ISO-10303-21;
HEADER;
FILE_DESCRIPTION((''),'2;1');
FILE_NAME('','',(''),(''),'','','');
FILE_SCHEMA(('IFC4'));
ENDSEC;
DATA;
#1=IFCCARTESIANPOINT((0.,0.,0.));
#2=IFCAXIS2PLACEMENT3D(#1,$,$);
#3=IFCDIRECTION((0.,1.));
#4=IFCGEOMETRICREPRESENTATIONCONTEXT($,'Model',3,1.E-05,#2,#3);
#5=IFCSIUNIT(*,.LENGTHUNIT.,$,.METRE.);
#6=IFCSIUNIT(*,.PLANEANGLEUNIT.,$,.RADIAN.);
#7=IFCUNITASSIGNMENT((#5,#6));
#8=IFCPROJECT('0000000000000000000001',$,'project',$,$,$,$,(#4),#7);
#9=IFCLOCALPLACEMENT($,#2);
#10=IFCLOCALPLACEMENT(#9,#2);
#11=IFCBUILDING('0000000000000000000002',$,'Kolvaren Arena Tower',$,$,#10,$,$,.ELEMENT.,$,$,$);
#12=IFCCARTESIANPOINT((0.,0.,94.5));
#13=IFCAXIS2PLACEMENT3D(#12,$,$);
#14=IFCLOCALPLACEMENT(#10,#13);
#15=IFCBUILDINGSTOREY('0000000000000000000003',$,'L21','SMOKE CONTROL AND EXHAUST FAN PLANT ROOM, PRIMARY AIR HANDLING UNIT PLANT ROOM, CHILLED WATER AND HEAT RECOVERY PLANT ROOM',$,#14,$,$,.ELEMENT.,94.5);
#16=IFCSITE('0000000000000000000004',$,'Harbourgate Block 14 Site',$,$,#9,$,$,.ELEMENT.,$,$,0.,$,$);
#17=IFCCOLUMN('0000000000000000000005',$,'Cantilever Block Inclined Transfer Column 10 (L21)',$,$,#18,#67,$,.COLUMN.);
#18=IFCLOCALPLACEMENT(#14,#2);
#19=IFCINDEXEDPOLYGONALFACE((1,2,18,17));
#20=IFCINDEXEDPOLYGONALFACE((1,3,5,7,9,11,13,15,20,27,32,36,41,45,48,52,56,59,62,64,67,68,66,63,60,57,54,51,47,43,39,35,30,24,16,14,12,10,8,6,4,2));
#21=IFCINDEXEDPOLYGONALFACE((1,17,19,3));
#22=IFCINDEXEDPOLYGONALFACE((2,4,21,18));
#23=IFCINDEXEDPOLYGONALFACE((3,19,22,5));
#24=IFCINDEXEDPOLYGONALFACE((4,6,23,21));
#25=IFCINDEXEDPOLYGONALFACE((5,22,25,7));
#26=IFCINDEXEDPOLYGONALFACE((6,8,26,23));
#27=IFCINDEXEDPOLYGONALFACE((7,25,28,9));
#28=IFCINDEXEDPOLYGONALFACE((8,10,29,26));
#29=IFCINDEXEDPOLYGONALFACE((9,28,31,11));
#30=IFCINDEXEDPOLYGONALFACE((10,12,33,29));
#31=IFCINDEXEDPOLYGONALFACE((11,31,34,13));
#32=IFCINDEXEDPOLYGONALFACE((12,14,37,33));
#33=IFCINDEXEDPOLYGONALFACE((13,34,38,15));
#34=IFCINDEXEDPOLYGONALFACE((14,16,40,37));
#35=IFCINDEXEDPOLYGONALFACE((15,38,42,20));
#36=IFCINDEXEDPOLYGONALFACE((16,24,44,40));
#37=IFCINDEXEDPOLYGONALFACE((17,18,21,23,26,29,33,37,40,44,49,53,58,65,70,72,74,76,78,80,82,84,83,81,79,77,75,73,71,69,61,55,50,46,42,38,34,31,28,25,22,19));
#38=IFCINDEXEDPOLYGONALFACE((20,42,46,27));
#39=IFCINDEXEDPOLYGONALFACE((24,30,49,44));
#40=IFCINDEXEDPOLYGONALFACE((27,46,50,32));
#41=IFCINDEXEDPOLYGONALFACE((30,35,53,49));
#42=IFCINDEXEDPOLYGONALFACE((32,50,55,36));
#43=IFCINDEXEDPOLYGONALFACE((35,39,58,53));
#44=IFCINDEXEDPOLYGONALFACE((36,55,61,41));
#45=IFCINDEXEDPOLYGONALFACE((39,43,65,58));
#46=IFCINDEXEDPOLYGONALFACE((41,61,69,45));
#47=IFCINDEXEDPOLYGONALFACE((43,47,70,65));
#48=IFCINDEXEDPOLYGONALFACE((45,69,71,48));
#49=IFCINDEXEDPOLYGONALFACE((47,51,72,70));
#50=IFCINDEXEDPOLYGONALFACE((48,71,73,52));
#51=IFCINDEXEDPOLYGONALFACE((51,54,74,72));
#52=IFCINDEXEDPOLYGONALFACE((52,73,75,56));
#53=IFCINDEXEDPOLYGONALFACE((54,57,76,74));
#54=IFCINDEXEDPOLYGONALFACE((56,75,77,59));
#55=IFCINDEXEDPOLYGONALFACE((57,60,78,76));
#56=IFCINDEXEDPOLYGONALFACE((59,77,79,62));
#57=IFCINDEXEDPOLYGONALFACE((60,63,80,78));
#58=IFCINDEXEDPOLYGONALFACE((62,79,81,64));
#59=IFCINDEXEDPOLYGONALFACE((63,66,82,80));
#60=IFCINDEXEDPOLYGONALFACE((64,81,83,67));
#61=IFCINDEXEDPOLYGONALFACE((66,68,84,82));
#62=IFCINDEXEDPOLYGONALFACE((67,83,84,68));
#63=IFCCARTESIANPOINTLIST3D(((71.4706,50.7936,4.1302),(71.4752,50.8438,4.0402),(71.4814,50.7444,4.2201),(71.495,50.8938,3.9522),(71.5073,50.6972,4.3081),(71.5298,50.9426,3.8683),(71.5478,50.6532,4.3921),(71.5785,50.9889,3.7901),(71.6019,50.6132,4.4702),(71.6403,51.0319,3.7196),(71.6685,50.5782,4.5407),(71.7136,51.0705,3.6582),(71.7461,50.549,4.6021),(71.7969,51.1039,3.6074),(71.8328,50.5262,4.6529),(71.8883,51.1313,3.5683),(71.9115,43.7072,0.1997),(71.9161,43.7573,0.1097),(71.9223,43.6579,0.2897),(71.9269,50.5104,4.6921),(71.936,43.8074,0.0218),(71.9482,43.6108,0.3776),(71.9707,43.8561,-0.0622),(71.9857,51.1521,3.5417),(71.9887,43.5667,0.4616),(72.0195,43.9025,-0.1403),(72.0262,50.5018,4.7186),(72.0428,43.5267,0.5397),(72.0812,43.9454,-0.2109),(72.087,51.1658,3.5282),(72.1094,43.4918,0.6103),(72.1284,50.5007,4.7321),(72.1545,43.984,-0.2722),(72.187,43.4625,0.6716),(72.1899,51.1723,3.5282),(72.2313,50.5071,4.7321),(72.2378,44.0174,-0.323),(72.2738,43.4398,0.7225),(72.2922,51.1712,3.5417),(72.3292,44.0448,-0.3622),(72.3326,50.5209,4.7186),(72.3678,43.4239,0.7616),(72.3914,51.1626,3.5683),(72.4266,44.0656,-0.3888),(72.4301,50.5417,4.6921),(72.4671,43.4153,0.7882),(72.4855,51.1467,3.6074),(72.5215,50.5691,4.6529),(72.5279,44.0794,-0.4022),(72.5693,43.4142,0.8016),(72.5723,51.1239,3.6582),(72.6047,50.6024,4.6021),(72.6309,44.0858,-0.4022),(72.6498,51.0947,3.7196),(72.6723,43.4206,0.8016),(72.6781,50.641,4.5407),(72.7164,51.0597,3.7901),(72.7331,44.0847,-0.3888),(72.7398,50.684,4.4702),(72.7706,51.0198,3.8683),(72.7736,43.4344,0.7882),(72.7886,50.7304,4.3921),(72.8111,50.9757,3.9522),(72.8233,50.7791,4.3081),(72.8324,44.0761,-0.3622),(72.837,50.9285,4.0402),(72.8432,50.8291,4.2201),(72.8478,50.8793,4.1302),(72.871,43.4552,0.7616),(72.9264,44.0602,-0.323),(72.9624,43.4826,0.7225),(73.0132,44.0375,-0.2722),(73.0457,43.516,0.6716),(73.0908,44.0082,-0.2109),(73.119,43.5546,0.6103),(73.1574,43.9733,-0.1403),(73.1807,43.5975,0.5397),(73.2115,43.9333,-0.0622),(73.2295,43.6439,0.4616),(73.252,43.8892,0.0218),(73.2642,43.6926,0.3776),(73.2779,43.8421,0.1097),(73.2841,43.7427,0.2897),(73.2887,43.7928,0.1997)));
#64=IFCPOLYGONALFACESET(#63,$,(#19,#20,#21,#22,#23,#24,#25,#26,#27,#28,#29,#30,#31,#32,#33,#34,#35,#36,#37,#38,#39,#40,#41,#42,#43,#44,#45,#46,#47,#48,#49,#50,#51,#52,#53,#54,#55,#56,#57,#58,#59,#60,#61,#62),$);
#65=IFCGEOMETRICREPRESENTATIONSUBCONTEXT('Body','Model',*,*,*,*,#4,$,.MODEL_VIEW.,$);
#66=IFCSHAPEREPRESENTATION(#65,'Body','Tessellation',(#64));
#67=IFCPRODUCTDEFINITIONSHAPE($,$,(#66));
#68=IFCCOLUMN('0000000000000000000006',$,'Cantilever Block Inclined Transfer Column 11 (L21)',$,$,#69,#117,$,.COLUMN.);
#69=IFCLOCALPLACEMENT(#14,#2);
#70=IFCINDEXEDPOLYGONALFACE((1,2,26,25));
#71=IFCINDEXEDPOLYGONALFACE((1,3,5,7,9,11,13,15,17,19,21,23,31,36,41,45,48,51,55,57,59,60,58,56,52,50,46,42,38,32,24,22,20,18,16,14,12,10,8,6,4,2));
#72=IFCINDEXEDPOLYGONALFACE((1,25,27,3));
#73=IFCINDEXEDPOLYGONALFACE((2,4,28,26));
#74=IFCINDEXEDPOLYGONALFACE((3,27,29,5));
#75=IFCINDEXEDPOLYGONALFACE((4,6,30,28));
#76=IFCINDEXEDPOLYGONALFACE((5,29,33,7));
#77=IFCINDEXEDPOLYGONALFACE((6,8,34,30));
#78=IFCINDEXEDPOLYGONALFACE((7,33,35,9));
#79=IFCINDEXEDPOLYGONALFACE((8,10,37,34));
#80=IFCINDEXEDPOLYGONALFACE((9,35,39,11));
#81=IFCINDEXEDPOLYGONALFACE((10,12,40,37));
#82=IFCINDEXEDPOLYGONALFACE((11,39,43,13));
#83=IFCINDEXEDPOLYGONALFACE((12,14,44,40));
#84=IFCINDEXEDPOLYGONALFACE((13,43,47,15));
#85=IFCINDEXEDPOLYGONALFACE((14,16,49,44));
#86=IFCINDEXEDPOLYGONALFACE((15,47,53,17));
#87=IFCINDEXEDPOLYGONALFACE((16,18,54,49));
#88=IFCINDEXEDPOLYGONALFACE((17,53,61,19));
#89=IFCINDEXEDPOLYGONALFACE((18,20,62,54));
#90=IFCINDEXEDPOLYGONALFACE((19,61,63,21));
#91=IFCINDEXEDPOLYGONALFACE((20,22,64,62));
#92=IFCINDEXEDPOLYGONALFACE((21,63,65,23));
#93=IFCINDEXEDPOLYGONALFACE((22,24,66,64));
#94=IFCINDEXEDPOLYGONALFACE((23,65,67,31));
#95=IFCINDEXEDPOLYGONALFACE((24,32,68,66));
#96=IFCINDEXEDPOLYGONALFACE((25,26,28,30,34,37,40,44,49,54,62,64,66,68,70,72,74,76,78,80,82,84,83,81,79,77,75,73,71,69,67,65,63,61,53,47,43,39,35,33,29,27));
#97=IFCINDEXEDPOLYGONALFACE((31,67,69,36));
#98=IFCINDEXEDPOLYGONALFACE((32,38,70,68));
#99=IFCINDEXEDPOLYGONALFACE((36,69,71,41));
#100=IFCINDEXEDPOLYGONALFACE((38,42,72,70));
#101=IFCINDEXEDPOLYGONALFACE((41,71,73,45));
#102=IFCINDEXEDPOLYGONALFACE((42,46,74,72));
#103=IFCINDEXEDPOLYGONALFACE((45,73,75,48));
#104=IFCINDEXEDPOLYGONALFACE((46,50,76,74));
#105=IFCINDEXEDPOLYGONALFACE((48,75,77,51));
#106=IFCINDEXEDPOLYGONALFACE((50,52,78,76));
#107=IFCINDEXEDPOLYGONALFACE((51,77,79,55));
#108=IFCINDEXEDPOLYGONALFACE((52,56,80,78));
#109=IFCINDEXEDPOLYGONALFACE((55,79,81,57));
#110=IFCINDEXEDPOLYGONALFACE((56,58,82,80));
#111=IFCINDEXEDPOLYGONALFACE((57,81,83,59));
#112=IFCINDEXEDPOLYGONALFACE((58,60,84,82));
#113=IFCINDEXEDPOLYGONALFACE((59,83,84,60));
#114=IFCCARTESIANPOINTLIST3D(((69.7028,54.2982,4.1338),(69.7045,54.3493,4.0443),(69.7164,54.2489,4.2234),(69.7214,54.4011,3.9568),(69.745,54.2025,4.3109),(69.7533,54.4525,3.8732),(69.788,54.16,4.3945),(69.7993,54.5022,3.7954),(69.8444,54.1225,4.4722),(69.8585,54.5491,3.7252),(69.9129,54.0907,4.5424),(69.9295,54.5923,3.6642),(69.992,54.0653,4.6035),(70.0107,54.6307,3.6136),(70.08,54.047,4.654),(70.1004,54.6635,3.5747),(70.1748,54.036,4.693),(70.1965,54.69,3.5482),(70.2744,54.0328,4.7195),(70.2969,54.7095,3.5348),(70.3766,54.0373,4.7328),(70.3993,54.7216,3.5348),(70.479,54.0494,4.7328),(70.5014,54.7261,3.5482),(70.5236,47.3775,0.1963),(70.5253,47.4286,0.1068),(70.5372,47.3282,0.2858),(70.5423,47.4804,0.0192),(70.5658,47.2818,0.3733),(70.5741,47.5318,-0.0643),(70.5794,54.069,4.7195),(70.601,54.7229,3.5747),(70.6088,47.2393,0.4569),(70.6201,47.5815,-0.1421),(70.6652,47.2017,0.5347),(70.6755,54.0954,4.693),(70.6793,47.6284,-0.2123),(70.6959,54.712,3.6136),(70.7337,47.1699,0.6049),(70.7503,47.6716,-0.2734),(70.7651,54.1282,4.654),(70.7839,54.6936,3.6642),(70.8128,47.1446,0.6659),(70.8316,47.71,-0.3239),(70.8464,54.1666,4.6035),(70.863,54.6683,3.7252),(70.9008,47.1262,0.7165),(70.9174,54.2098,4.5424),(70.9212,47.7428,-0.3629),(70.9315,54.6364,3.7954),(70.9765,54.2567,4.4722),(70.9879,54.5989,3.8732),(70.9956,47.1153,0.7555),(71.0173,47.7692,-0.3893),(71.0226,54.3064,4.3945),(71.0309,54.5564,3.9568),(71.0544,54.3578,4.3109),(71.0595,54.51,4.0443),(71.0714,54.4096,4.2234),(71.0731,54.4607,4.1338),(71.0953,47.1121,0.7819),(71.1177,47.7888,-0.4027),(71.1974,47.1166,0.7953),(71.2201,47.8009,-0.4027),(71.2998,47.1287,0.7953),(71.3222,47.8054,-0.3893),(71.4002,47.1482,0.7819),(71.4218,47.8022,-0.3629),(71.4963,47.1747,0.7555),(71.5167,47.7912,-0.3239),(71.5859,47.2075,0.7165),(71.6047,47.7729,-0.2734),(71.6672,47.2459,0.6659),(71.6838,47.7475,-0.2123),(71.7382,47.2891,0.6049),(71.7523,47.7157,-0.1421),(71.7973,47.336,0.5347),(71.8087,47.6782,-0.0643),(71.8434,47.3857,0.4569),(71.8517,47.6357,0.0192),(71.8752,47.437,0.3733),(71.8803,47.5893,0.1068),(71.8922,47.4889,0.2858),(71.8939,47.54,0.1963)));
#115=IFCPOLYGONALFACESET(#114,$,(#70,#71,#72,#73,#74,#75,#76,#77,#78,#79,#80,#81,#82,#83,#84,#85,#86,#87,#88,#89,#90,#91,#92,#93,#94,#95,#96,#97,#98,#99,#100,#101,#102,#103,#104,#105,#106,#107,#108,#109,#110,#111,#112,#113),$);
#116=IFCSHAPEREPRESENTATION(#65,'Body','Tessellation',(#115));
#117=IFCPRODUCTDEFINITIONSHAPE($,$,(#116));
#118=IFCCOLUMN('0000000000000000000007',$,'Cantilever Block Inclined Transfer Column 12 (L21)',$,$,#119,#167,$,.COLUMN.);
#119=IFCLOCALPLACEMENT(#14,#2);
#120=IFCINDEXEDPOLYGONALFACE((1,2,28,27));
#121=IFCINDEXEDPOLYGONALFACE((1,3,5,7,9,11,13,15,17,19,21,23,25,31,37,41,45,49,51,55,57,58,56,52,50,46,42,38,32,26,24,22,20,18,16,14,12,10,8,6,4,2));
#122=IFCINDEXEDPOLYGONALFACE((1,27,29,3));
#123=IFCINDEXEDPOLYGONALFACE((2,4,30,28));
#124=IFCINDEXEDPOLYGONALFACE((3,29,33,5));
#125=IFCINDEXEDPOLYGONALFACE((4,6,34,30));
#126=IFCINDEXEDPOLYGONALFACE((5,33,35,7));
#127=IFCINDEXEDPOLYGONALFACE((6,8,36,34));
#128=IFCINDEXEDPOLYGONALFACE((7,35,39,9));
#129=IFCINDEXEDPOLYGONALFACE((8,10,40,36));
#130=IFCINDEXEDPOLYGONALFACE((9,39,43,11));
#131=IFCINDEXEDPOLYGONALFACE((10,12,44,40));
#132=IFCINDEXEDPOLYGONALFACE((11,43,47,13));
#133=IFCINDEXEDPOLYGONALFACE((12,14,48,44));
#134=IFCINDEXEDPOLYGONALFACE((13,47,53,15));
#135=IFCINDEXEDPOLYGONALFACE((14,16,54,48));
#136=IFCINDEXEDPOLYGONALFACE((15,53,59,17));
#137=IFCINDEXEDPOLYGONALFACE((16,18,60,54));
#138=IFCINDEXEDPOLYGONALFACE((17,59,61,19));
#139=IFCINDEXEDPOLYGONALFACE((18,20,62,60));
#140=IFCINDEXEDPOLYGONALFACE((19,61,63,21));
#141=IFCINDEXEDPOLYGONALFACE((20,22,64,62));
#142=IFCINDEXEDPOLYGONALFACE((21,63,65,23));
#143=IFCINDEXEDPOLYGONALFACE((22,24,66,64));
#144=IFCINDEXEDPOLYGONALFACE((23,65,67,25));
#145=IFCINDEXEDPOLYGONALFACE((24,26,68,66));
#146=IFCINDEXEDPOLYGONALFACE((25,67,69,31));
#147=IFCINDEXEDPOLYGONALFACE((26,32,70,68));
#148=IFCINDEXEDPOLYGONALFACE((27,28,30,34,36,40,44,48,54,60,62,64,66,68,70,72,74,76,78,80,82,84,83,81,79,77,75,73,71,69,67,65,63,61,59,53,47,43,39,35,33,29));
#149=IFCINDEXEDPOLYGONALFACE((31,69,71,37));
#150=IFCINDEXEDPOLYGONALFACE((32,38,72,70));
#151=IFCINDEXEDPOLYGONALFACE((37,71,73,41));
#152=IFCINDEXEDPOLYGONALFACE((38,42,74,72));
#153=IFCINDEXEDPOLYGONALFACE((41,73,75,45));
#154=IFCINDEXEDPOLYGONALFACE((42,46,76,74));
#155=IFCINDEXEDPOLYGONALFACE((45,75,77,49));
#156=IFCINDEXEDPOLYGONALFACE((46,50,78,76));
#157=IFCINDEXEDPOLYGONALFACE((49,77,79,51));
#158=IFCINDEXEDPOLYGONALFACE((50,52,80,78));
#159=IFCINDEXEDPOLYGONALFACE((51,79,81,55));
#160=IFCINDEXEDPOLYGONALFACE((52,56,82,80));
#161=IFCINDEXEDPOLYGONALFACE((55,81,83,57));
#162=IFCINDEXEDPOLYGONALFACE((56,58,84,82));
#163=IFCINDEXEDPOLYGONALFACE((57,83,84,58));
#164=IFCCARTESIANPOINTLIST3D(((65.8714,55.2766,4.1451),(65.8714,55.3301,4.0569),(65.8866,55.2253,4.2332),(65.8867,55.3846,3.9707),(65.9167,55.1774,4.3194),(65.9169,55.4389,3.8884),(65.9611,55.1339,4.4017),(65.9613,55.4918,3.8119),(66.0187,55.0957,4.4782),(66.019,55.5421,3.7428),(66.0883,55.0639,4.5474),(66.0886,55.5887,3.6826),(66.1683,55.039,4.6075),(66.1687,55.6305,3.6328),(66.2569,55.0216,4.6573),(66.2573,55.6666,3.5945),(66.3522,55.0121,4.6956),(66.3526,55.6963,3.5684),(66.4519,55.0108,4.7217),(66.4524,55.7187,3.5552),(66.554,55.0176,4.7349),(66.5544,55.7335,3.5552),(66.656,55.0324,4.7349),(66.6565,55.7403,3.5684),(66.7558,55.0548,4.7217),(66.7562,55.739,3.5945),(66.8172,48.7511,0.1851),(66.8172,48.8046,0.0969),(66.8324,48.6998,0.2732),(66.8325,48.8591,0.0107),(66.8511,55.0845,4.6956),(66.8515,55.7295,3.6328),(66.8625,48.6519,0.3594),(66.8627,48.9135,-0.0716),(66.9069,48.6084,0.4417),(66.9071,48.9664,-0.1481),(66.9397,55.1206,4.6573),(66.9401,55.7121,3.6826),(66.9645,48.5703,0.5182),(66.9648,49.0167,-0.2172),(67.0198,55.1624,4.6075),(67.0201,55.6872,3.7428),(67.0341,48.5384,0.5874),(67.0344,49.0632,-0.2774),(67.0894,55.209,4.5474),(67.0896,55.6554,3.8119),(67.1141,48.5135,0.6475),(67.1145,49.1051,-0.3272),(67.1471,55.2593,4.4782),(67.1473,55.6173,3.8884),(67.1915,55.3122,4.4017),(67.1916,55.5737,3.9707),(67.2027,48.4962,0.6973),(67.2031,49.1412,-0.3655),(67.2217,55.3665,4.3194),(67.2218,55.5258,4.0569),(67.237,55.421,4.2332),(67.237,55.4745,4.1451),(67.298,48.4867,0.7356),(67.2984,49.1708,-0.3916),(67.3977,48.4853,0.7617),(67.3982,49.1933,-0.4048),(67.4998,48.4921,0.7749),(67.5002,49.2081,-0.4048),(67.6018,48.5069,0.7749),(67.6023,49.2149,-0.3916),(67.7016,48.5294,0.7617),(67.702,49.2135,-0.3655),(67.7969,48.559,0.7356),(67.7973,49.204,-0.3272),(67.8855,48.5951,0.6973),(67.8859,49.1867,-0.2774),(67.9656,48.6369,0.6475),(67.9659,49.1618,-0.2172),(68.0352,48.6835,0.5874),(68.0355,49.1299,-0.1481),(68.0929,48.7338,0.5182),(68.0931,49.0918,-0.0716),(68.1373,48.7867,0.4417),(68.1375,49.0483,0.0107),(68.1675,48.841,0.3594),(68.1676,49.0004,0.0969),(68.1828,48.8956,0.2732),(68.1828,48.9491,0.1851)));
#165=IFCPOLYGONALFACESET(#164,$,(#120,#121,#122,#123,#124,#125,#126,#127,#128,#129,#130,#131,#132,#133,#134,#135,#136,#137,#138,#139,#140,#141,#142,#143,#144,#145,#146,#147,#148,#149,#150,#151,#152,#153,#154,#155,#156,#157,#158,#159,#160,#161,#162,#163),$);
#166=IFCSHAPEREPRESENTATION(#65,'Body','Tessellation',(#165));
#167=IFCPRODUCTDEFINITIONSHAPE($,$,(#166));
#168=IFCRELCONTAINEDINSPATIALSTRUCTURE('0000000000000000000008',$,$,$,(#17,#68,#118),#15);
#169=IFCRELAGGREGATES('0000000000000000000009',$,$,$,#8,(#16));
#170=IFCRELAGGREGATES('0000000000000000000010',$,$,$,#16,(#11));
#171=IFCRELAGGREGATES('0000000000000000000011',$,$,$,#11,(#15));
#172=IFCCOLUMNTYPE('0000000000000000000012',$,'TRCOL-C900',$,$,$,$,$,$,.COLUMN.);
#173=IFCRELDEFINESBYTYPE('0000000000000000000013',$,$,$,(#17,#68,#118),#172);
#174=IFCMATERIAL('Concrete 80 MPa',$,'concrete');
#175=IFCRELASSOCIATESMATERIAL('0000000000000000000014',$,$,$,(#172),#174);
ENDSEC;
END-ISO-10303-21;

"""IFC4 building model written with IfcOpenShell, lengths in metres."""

from ifc_helpers import new_model, si_unit, direction, frame, origin, origin_2d, place, context, subcontext, project, spatial, circle, extrude, material, material_profile, profile_set, type_object, element, save


model = new_model("IFC4")

# Units and contexts
model_context = context("Model", 3, precision=1e-05, world=origin(), true_north=direction((0.0, 1.0)))
body_context = subcontext(model_context, "Body", "Model", "MODEL_VIEW")
ifc_project = project(units=[si_unit("LENGTHUNIT", "METRE"), si_unit("PLANEANGLEUNIT", "RADIAN")], contexts=[model_context])

# Site, building, storey
site_placement = place(None, origin())
site = spatial("IfcSite", under=ifc_project, at=site_placement, Name="Harbourgate Block 14 Site", CompositionType="ELEMENT", RefElevation=0.0)
building_placement = place(site_placement, origin())
building = spatial("IfcBuilding", under=site, at=building_placement, Name="Kolvaren Arena Tower", CompositionType="ELEMENT")
storey_placement = place(building_placement, frame((0.0, 0.0, 94.5)))
storey = spatial("IfcBuildingStorey", under=building, at=storey_placement, Name="L21", Description="SMOKE CONTROL AND EXHAUST FAN PLANT ROOM, PRIMARY AIR HANDLING UNIT PLANT ROOM, CHILLED WATER AND HEAT RECOVERY PLANT ROOM", CompositionType="ELEMENT", Elevation=94.5)

# Columns
ifc_material_1 = material(Name="Concrete 80 MPa", Category="concrete")
ifc_material_profile_1 = material_profile(ifc_material_1, circle(Radius=0.6899, at=origin_2d()), Name="RC-CIRC-1380")
ifc_profile_set_1 = profile_set([ifc_material_profile_1], Name="Concrete 80 MPa")
column_type = type_object("IfcColumnType", Name="TRCOL-C900", PredefinedType="COLUMN", material=ifc_profile_set_1)
column_1_placement = place(storey_placement, frame((72.6001, 43.75, 0.1997), z_axis=(-0.054331, 0.873205, 0.484315), x_axis=(-0.99807, -0.0621, 0.0)))
element("IfcColumn", 1, at=column_1_placement, inside=storey, type_object=column_type, Name="Cantilever Block Inclined Transfer Column 10 (L21)", PredefinedType="COLUMN", context=body_context, shape_type="SweptSolid", body=[
    extrude(circle(Radius=0.6899, at=origin_2d()), origin(), (0.0, 0.0, 1.0), 8.1155),
])
column_2_placement = place(storey_placement, frame((71.2087, 47.4587, 0.1963), z_axis=(-0.102542, 0.864588, 0.491907), x_axis=(-0.99304, -0.117776, 0.0)))
element("IfcColumn", 2, at=column_2_placement, inside=storey, type_object=column_type, Name="Cantilever Block Inclined Transfer Column 11 (L21)", PredefinedType="COLUMN", context=body_context, shape_type="SweptSolid", body=[
    extrude(circle(Radius=0.6899, at=origin_2d()), origin(), (0.0, 0.0, 1.0), 8.0046),
])
column_3_placement = place(storey_placement, frame((67.5, 48.8501, 0.1851), z_axis=(-0.12297, 0.848409, 0.51486), x_axis=(-0.989659, -0.143443, 0.0)))
element("IfcColumn", 3, at=column_3_placement, inside=storey, type_object=column_type, Name="Cantilever Block Inclined Transfer Column 12 (L21)", PredefinedType="COLUMN", context=body_context, shape_type="SweptSolid", body=[
    extrude(circle(Radius=0.6899, at=origin_2d()), origin(), (0.0, 0.0, 1.0), 7.6914),
])

save(model, "model.ifc")
